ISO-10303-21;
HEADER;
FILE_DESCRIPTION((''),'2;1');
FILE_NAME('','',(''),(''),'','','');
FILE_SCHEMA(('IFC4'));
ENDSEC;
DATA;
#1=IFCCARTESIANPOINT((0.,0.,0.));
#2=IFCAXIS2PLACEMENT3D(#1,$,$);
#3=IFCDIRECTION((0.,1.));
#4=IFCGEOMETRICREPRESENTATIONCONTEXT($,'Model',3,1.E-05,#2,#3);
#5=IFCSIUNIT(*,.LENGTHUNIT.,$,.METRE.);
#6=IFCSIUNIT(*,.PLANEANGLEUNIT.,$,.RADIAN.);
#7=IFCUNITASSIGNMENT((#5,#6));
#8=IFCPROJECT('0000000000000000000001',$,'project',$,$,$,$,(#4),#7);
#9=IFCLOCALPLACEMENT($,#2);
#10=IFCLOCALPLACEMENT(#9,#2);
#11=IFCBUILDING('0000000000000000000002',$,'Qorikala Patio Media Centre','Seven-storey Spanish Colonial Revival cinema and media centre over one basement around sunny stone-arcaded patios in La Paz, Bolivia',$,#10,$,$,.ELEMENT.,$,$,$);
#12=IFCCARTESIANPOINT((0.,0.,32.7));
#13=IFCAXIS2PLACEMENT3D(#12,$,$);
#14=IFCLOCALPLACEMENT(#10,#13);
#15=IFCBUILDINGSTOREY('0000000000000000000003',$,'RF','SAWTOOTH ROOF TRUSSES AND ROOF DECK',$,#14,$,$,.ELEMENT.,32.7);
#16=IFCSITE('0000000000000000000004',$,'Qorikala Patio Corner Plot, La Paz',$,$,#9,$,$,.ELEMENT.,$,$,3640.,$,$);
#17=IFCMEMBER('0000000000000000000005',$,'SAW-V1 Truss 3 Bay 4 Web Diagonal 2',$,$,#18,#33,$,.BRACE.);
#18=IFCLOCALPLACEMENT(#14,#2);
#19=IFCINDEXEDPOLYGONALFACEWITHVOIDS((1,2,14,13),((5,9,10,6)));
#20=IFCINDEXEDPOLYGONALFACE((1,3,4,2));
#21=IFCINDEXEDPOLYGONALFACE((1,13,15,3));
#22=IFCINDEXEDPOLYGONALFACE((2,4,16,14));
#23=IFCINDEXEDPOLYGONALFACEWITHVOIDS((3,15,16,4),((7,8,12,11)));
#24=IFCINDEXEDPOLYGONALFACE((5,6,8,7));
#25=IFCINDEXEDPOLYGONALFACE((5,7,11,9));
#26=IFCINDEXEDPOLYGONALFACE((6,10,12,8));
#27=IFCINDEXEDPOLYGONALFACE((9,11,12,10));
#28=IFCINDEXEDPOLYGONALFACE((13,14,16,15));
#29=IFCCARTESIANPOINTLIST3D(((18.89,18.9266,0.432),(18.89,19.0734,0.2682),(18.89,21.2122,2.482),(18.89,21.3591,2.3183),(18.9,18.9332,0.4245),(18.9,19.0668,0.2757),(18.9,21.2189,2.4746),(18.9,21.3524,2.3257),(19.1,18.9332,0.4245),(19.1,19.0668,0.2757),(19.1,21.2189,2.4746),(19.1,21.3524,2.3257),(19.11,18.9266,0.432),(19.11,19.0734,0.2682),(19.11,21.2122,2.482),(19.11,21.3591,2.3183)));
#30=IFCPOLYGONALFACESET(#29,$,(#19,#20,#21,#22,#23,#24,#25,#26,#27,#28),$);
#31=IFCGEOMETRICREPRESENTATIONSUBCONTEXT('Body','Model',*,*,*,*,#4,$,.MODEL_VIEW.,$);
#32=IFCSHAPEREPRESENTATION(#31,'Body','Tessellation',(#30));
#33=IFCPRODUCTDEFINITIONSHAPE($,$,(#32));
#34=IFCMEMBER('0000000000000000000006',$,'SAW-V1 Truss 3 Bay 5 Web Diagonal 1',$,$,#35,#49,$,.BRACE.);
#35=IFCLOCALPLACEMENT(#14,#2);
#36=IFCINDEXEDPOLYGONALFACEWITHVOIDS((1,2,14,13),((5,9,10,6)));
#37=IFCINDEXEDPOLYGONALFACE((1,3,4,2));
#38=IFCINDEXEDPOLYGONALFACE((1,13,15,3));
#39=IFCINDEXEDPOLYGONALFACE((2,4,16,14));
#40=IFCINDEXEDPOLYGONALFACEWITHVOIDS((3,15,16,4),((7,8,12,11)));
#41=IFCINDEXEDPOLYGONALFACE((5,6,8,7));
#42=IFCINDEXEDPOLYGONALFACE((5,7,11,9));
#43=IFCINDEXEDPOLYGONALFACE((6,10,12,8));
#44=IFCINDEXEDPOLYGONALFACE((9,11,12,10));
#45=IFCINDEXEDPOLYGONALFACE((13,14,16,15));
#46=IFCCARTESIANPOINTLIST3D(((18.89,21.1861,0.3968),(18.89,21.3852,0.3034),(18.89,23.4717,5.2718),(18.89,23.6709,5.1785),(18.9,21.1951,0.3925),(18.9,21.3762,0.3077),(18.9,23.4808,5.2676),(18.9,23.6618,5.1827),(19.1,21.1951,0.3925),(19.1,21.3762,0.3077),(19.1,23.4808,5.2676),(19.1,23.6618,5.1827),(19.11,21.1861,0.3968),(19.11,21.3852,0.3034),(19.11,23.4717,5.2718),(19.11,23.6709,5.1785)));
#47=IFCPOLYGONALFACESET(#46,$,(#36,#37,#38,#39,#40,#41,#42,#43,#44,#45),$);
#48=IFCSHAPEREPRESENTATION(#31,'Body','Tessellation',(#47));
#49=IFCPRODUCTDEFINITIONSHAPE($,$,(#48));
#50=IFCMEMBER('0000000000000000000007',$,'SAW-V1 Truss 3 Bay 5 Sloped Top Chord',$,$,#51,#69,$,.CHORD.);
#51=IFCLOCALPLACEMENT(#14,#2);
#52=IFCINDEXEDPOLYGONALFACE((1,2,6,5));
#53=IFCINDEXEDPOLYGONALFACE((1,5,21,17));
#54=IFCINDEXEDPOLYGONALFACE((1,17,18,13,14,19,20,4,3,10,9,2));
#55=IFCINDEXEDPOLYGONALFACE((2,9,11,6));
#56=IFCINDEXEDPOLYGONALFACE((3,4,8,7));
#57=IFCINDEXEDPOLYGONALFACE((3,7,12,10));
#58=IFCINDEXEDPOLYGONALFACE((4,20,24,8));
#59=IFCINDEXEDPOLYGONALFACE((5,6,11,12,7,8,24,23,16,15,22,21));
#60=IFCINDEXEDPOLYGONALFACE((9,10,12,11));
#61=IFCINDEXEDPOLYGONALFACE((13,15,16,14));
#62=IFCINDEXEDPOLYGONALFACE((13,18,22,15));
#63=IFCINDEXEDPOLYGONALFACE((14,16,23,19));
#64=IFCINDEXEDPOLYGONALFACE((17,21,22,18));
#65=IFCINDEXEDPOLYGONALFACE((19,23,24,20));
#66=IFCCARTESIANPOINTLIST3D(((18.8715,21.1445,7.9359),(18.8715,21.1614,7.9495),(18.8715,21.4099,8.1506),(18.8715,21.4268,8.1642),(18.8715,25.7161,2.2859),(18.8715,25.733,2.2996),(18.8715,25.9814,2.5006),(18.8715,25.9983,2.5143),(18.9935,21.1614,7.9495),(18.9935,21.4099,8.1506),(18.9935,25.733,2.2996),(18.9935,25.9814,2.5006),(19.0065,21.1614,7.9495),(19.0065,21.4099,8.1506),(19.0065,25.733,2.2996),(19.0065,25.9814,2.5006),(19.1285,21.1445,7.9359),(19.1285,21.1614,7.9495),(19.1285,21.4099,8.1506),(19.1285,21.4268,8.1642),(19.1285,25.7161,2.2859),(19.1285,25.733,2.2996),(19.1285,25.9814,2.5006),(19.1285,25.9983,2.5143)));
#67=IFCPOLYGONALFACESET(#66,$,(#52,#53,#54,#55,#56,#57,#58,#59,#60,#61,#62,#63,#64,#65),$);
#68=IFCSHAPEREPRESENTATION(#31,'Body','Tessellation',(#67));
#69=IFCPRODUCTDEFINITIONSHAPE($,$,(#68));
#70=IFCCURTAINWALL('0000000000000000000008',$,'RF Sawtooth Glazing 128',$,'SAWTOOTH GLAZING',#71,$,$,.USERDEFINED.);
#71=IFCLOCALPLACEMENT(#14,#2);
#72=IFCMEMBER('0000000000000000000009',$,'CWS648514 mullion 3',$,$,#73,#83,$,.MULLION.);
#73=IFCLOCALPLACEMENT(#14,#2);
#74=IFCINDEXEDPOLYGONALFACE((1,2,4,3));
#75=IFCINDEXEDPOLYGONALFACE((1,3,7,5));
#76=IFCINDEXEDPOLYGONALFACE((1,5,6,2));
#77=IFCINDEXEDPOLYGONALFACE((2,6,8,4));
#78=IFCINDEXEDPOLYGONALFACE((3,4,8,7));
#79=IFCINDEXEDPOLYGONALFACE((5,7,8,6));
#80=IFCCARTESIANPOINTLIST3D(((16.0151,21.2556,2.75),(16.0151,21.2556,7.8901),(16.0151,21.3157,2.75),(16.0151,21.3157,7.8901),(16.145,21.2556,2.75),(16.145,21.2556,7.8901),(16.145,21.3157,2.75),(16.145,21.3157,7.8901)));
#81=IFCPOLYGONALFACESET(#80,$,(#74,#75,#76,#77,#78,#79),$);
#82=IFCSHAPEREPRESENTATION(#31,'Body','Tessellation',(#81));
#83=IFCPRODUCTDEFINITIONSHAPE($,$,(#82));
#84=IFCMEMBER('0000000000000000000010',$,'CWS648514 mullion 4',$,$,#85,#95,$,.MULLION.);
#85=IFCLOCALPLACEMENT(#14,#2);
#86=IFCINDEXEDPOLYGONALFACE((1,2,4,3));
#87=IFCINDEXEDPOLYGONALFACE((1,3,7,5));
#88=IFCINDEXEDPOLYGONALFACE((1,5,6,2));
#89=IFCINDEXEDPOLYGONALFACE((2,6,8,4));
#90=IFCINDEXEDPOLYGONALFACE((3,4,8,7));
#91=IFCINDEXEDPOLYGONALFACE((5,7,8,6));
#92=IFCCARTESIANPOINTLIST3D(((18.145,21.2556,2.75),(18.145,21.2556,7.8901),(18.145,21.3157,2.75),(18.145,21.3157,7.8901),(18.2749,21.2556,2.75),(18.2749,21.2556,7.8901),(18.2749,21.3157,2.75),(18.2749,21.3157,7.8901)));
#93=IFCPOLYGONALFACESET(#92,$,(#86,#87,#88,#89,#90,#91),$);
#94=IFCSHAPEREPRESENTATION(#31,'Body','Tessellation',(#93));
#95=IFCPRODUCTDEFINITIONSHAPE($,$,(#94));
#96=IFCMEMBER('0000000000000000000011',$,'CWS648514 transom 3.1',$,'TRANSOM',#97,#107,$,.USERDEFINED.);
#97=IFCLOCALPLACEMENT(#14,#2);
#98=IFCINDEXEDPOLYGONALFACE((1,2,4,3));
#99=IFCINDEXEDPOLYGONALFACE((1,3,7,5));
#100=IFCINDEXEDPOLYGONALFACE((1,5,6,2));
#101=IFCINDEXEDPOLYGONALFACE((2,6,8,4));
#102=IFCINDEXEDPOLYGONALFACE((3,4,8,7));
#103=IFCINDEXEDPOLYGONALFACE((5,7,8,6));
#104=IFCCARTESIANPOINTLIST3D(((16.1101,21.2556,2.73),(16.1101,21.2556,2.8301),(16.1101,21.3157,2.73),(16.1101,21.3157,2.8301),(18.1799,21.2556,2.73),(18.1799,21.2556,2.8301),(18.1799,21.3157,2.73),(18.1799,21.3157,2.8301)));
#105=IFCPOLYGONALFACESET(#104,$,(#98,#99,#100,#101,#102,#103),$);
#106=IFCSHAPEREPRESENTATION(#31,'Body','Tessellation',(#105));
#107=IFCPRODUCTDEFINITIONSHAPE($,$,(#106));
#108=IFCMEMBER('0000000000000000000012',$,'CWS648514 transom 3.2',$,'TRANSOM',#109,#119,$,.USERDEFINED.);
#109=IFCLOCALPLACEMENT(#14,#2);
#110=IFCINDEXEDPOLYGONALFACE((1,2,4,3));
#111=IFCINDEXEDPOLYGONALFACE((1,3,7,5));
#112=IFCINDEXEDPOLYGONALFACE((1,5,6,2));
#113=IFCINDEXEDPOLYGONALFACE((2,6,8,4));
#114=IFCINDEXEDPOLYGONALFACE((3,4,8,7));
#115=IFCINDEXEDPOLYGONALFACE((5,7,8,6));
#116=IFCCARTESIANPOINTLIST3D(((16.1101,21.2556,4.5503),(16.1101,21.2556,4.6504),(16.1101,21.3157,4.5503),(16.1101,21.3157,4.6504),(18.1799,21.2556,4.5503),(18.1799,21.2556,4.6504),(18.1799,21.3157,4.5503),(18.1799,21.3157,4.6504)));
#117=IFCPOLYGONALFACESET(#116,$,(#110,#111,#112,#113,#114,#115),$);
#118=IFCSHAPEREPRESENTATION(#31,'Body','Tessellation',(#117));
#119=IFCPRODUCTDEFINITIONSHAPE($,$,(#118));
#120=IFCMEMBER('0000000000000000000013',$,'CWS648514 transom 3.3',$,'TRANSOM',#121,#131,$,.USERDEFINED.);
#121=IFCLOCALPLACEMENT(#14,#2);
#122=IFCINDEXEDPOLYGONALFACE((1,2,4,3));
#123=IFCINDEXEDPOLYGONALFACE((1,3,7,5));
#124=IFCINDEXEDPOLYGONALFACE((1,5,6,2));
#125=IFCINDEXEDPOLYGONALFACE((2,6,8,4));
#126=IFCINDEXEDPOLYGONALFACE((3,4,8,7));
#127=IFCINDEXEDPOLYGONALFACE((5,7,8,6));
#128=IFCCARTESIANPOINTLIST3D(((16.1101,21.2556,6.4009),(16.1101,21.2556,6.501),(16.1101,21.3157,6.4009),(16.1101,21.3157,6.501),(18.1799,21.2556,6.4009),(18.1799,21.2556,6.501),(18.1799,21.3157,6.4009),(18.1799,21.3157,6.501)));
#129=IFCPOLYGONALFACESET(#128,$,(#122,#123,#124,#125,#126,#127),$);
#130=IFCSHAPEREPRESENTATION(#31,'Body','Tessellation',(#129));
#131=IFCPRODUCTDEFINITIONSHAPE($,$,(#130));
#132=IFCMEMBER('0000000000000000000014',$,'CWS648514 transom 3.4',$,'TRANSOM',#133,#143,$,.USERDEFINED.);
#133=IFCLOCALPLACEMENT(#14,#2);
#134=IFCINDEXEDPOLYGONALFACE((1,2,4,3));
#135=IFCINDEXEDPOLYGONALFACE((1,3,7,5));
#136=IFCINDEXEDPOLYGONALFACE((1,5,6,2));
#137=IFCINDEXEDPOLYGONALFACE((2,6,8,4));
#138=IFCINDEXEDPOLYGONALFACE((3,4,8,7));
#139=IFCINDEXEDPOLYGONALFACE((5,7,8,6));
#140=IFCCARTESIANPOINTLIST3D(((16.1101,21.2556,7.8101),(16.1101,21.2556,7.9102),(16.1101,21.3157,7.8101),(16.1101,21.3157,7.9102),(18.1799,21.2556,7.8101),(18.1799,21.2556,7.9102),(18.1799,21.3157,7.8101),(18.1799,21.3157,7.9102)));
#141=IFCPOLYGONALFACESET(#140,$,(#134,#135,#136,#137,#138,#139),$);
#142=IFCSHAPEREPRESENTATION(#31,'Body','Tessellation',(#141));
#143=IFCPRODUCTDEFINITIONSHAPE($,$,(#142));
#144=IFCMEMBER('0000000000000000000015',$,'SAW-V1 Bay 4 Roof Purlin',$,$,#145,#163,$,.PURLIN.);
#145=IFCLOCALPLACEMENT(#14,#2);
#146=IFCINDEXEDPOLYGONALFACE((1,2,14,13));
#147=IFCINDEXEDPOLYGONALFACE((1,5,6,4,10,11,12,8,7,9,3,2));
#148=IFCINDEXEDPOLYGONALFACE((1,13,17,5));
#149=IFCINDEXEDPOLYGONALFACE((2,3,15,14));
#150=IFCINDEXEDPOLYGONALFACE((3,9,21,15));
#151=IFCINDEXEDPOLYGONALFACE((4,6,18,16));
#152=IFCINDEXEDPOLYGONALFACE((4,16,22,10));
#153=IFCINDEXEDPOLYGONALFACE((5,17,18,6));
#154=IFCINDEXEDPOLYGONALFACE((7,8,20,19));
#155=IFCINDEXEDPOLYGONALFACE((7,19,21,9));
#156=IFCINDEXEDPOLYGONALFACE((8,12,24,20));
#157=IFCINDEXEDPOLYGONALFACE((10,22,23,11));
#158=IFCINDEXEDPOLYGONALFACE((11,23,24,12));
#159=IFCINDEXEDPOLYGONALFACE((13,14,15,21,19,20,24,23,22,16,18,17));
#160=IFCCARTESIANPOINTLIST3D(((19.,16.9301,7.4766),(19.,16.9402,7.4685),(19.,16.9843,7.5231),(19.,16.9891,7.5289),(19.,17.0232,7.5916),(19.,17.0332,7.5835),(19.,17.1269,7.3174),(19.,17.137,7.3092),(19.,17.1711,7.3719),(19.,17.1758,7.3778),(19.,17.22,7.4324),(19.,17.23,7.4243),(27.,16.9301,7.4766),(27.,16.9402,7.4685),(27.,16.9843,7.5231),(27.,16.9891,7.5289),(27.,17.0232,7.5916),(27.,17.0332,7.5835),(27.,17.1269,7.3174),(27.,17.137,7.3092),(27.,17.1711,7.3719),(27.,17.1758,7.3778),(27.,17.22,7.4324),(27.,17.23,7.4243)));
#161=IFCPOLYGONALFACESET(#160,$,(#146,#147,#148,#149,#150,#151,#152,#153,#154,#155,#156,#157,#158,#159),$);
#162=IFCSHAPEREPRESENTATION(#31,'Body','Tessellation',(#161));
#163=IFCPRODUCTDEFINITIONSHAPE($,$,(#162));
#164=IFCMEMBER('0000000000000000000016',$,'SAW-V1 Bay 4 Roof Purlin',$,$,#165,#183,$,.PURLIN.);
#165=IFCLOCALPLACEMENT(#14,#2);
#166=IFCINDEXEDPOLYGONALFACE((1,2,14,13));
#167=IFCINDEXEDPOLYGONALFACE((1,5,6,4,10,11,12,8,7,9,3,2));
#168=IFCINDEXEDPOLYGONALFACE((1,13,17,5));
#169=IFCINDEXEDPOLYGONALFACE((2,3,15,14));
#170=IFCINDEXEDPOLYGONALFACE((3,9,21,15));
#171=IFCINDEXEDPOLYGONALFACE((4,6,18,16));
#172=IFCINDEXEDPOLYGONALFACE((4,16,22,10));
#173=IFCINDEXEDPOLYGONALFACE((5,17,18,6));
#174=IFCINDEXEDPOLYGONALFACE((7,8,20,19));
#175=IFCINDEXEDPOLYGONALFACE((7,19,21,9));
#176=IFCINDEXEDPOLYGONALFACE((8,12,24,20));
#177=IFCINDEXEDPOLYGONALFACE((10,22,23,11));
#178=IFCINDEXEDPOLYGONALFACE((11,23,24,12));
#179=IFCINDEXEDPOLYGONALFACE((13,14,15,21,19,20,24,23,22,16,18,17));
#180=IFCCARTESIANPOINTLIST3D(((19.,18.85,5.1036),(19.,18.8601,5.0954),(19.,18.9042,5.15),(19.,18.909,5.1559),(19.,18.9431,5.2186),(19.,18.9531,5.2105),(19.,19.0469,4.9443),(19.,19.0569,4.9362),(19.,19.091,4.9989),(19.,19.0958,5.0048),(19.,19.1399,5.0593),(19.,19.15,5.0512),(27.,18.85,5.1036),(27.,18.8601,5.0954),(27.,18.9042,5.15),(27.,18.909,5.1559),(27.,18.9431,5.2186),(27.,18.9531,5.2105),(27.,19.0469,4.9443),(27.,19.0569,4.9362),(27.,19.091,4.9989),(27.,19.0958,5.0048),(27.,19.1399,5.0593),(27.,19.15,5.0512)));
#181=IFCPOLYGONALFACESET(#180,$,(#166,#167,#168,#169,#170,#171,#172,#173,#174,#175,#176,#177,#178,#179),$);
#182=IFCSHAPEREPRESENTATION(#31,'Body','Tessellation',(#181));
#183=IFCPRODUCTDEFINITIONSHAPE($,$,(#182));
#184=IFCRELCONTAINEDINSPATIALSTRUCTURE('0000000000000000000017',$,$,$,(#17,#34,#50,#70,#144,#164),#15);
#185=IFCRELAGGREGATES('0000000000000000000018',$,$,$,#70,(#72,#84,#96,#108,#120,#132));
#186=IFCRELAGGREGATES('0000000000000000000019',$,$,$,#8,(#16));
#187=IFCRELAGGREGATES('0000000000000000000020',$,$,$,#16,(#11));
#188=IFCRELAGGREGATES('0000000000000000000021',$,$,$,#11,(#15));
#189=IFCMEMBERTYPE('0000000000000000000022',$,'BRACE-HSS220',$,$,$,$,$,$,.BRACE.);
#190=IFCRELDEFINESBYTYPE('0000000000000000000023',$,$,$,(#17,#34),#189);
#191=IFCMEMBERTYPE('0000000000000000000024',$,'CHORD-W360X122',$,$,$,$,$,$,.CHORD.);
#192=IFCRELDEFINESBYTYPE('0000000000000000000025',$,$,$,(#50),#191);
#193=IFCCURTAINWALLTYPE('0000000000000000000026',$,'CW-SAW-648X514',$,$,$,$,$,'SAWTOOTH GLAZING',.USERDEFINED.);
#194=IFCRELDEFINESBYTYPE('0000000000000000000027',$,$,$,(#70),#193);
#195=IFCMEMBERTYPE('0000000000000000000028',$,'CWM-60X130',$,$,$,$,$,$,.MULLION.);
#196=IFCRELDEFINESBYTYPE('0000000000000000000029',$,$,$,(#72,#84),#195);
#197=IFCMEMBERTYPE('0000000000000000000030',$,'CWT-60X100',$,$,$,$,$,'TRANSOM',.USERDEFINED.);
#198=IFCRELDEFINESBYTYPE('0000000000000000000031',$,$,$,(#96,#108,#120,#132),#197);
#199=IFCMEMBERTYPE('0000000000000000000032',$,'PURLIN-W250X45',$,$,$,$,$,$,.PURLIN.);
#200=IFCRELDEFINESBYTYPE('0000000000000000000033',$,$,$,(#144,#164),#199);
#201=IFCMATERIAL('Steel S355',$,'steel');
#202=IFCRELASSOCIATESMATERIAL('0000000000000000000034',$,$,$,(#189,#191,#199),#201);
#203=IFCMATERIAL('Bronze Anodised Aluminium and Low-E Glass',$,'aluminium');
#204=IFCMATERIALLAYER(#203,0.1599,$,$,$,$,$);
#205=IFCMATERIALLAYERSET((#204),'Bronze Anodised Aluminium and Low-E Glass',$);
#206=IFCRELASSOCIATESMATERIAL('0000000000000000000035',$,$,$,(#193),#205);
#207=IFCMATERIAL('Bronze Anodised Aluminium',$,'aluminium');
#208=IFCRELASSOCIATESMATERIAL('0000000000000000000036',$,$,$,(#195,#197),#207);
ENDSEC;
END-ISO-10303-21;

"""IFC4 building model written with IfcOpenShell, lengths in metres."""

from ifc_helpers import new_model, si_unit, direction, frame, origin, origin_2d, place, context, subcontext, project, spatial, rectangle, hollow_rectangle, i_section, extrude, material, layer, layer_set, material_profile, profile_set, type_object, element, aggregate, save


model = new_model("IFC4")

# Units and contexts
model_context = context("Model", 3, precision=1e-05, world=origin(), true_north=direction((0.0, 1.0)))
body_context = subcontext(model_context, "Body", "Model", "MODEL_VIEW")
ifc_project = project(units=[si_unit("LENGTHUNIT", "METRE"), si_unit("PLANEANGLEUNIT", "RADIAN")], contexts=[model_context])

# Site, building, storey
site_placement = place(None, origin())
site = spatial("IfcSite", under=ifc_project, at=site_placement, Name="Qorikala Patio Corner Plot, La Paz", CompositionType="ELEMENT", RefElevation=3640.0)
building_placement = place(site_placement, origin())
building = spatial("IfcBuilding", under=site, at=building_placement, Name="Qorikala Patio Media Centre", Description="Seven-storey Spanish Colonial Revival cinema and media centre over one basement around sunny stone-arcaded patios in La Paz, Bolivia", CompositionType="ELEMENT")
storey_placement = place(building_placement, frame((0.0, 0.0, 32.7)))
storey = spatial("IfcBuildingStorey", under=building, at=storey_placement, Name="RF", Description="SAWTOOTH ROOF TRUSSES AND ROOF DECK", CompositionType="ELEMENT", Elevation=32.7)

# Members
ifc_material_1 = material(Name="Steel S355", Category="steel")
ifc_material_profile_1 = material_profile(ifc_material_1, hollow_rectangle(XDim=0.22, YDim=0.22, WallThickness=0.01, at=origin_2d()), Name="HSS220X220X10")
ifc_profile_set_1 = profile_set([ifc_material_profile_1], Name="Steel S355")
member_type_1 = type_object("IfcMemberType", Name="BRACE-HSS220", PredefinedType="BRACE", material=ifc_profile_set_1)
member_1_placement = place(storey_placement, frame((19.0, 19.0, 0.3501), z_axis=(0.0, 0.744432, 0.667699), x_axis=(-1.0, 0.0, 0.0)))
element("IfcMember", 1, at=member_1_placement, inside=storey, type_object=member_type_1, Name="SAW-V1 Truss 3 Bay 4 Web Diagonal 2", PredefinedType="BRACE", context=body_context, shape_type="SweptSolid", body=[
    extrude(hollow_rectangle(XDim=0.22, YDim=0.22, WallThickness=0.01, at=origin_2d()), origin(), (0.0, 0.0, 1.0), 3.0703),
])
member_2_placement = place(storey_placement, frame((19.0, 21.2856, 0.3501), z_axis=(0.0, 0.424508, 0.905424), x_axis=(-1.0, 0.0, 0.0)))
element("IfcMember", 2, at=member_2_placement, inside=storey, type_object=member_type_1, Name="SAW-V1 Truss 3 Bay 5 Web Diagonal 1", PredefinedType="BRACE", context=body_context, shape_type="SweptSolid", body=[
    extrude(hollow_rectangle(XDim=0.22, YDim=0.22, WallThickness=0.01, at=origin_2d()), origin(), (0.0, 0.0, 1.0), 5.3843),
])
ifc_material_profile_2 = material_profile(ifc_material_1, i_section(OverallWidth=0.2571, OverallDepth=0.363, WebThickness=0.0129, FlangeThickness=0.0217, at=origin_2d()), Name="W360X122")
ifc_profile_set_2 = profile_set([ifc_material_profile_2], Name="Steel S355")
member_type_2 = type_object("IfcMemberType", Name="CHORD-W360X122", PredefinedType="CHORD", material=ifc_profile_set_2)
member_3_placement = place(storey_placement, frame((19.0, 21.2856, 8.05), z_axis=(0.0, 0.629016, -0.777393), x_axis=(-1.0, 0.0, 0.0)))
element("IfcMember", 3, at=member_3_placement, inside=storey, type_object=member_type_2, Name="SAW-V1 Truss 3 Bay 5 Sloped Top Chord", PredefinedType="CHORD", context=body_context, shape_type="SweptSolid", body=[
    extrude(i_section(OverallWidth=0.2571, OverallDepth=0.363, WebThickness=0.0129, FlangeThickness=0.0217, at=origin_2d()), origin(), (0.0, 0.0, 1.0), 7.2678),
])

# Curtain wall, members
ifc_material_2 = material(Name="Bronze Anodised Aluminium and Low-E Glass", Category="aluminium")
ifc_layer_1 = layer(ifc_material_2, 0.1599)
ifc_layer_set_1 = layer_set([ifc_layer_1], Name="Bronze Anodised Aluminium and Low-E Glass")
curtain_wall_type = type_object("IfcCurtainWallType", Name="CW-SAW-648X514", ElementType="SAWTOOTH GLAZING", PredefinedType="USERDEFINED", material=ifc_layer_set_1)
curtain_wall_placement = place(storey_placement, origin())
curtain_wall = element("IfcCurtainWall", 4, at=curtain_wall_placement, inside=storey, type_object=curtain_wall_type, Name="RF Sawtooth Glazing 128", ObjectType="SAWTOOTH GLAZING", PredefinedType="USERDEFINED")
ifc_material_3 = material(Name="Bronze Anodised Aluminium", Category="aluminium")
ifc_material_profile_3 = material_profile(ifc_material_3, rectangle(XDim=0.0601, YDim=0.1299, at=origin_2d()), Name="ALU MULLION 60x130")
ifc_profile_set_3 = profile_set([ifc_material_profile_3], Name="Bronze Anodised Aluminium")
member_type_3 = type_object("IfcMemberType", Name="CWM-60X130", PredefinedType="MULLION", material=ifc_profile_set_3)
member_4_placement = place(storey_placement, frame((16.0801, 21.2856, 2.75), z_axis=(0.0, 0.0, 1.0), x_axis=(0.0, 1.0, 0.0)))
member_4 = element("IfcMember", 5, at=member_4_placement, type_object=member_type_3, Name="CWS648514 mullion 3", PredefinedType="MULLION", context=body_context, shape_type="SweptSolid", body=[
    extrude(rectangle(XDim=0.0601, YDim=0.1299, at=origin_2d()), origin(), (0.0, 0.0, 1.0), 5.1401),
])
member_5_placement = place(storey_placement, frame((18.21, 21.2856, 2.75), z_axis=(0.0, 0.0, 1.0), x_axis=(0.0, 1.0, 0.0)))
member_5 = element("IfcMember", 6, at=member_5_placement, type_object=member_type_3, Name="CWS648514 mullion 4", PredefinedType="MULLION", context=body_context, shape_type="SweptSolid", body=[
    extrude(rectangle(XDim=0.0601, YDim=0.1299, at=origin_2d()), origin(), (0.0, 0.0, 1.0), 5.1401),
])
ifc_material_profile_4 = material_profile(ifc_material_3, rectangle(XDim=0.0601, YDim=0.1001, at=origin_2d()), Name="ALU TRANSOM 60x100")
ifc_profile_set_4 = profile_set([ifc_material_profile_4], Name="Bronze Anodised Aluminium")
member_type_4 = type_object("IfcMemberType", Name="CWT-60X100", ElementType="TRANSOM", PredefinedType="USERDEFINED", material=ifc_profile_set_4)
member_6_placement = place(storey_placement, frame((16.1101, 21.2856, 2.78), z_axis=(1.0, 0.0, 0.0), x_axis=(0.0, 1.0, 0.0)))
member_6 = element("IfcMember", 7, at=member_6_placement, type_object=member_type_4, Name="CWS648514 transom 3.1", ObjectType="TRANSOM", PredefinedType="USERDEFINED", context=body_context, shape_type="SweptSolid", body=[
    extrude(rectangle(XDim=0.0601, YDim=0.1001, at=origin_2d()), origin(), (0.0, 0.0, 1.0), 2.0698),
])
member_7_placement = place(storey_placement, frame((16.1101, 21.2856, 4.6003), z_axis=(1.0, 0.0, 0.0), x_axis=(0.0, 1.0, 0.0)))
member_7 = element("IfcMember", 8, at=member_7_placement, type_object=member_type_4, Name="CWS648514 transom 3.2", ObjectType="TRANSOM", PredefinedType="USERDEFINED", context=body_context, shape_type="SweptSolid", body=[
    extrude(rectangle(XDim=0.0601, YDim=0.1001, at=origin_2d()), origin(), (0.0, 0.0, 1.0), 2.0698),
])
member_8_placement = place(storey_placement, frame((16.1101, 21.2856, 6.4509), z_axis=(1.0, 0.0, 0.0), x_axis=(0.0, 1.0, 0.0)))
member_8 = element("IfcMember", 9, at=member_8_placement, type_object=member_type_4, Name="CWS648514 transom 3.3", ObjectType="TRANSOM", PredefinedType="USERDEFINED", context=body_context, shape_type="SweptSolid", body=[
    extrude(rectangle(XDim=0.0601, YDim=0.1001, at=origin_2d()), origin(), (0.0, 0.0, 1.0), 2.0698),
])
member_9_placement = place(storey_placement, frame((16.1101, 21.2856, 7.8601), z_axis=(1.0, 0.0, 0.0), x_axis=(0.0, 1.0, 0.0)))
member_9 = element("IfcMember", 10, at=member_9_placement, type_object=member_type_4, Name="CWS648514 transom 3.4", ObjectType="TRANSOM", PredefinedType="USERDEFINED", context=body_context, shape_type="SweptSolid", body=[
    extrude(rectangle(XDim=0.0601, YDim=0.1001, at=origin_2d()), origin(), (0.0, 0.0, 1.0), 2.0698),
])

# Members
ifc_material_profile_5 = material_profile(ifc_material_1, i_section(OverallWidth=0.1479, OverallDepth=0.2661, WebThickness=0.0076, FlangeThickness=0.0129, at=origin_2d()), Name="W250X45")
ifc_profile_set_5 = profile_set([ifc_material_profile_5], Name="Steel S355")
member_type_5 = type_object("IfcMemberType", Name="PURLIN-W250X45", PredefinedType="PURLIN", material=ifc_profile_set_5)
for number, where, z_axis, x_axis, name in (
    (11, (19.0, 17.0801, 7.4504), (1.0, 0.0, 0.0), (0.0, 0.628995, 0.77741), "SAW-V1 Bay 4 Roof Purlin"),
    (12, (19.0, 19.0, 5.0774), (1.0, 0.0, 0.0), (0.0, 0.628995, 0.77741), "SAW-V1 Bay 4 Roof Purlin"),
):
    element("IfcMember", number, at=place(storey_placement, frame(where, z_axis=z_axis, x_axis=x_axis)), inside=storey, type_object=member_type_5, Name=name, PredefinedType="PURLIN", context=body_context, shape_type="SweptSolid", body=[
        extrude(i_section(OverallWidth=0.1479, OverallDepth=0.2661, WebThickness=0.0076, FlangeThickness=0.0129, at=origin_2d()), origin(), (0.0, 0.0, 1.0), 8.0),
    ])

aggregate(curtain_wall, [member_4, member_5, member_6, member_7, member_8, member_9])

save(model, "model.ifc")
